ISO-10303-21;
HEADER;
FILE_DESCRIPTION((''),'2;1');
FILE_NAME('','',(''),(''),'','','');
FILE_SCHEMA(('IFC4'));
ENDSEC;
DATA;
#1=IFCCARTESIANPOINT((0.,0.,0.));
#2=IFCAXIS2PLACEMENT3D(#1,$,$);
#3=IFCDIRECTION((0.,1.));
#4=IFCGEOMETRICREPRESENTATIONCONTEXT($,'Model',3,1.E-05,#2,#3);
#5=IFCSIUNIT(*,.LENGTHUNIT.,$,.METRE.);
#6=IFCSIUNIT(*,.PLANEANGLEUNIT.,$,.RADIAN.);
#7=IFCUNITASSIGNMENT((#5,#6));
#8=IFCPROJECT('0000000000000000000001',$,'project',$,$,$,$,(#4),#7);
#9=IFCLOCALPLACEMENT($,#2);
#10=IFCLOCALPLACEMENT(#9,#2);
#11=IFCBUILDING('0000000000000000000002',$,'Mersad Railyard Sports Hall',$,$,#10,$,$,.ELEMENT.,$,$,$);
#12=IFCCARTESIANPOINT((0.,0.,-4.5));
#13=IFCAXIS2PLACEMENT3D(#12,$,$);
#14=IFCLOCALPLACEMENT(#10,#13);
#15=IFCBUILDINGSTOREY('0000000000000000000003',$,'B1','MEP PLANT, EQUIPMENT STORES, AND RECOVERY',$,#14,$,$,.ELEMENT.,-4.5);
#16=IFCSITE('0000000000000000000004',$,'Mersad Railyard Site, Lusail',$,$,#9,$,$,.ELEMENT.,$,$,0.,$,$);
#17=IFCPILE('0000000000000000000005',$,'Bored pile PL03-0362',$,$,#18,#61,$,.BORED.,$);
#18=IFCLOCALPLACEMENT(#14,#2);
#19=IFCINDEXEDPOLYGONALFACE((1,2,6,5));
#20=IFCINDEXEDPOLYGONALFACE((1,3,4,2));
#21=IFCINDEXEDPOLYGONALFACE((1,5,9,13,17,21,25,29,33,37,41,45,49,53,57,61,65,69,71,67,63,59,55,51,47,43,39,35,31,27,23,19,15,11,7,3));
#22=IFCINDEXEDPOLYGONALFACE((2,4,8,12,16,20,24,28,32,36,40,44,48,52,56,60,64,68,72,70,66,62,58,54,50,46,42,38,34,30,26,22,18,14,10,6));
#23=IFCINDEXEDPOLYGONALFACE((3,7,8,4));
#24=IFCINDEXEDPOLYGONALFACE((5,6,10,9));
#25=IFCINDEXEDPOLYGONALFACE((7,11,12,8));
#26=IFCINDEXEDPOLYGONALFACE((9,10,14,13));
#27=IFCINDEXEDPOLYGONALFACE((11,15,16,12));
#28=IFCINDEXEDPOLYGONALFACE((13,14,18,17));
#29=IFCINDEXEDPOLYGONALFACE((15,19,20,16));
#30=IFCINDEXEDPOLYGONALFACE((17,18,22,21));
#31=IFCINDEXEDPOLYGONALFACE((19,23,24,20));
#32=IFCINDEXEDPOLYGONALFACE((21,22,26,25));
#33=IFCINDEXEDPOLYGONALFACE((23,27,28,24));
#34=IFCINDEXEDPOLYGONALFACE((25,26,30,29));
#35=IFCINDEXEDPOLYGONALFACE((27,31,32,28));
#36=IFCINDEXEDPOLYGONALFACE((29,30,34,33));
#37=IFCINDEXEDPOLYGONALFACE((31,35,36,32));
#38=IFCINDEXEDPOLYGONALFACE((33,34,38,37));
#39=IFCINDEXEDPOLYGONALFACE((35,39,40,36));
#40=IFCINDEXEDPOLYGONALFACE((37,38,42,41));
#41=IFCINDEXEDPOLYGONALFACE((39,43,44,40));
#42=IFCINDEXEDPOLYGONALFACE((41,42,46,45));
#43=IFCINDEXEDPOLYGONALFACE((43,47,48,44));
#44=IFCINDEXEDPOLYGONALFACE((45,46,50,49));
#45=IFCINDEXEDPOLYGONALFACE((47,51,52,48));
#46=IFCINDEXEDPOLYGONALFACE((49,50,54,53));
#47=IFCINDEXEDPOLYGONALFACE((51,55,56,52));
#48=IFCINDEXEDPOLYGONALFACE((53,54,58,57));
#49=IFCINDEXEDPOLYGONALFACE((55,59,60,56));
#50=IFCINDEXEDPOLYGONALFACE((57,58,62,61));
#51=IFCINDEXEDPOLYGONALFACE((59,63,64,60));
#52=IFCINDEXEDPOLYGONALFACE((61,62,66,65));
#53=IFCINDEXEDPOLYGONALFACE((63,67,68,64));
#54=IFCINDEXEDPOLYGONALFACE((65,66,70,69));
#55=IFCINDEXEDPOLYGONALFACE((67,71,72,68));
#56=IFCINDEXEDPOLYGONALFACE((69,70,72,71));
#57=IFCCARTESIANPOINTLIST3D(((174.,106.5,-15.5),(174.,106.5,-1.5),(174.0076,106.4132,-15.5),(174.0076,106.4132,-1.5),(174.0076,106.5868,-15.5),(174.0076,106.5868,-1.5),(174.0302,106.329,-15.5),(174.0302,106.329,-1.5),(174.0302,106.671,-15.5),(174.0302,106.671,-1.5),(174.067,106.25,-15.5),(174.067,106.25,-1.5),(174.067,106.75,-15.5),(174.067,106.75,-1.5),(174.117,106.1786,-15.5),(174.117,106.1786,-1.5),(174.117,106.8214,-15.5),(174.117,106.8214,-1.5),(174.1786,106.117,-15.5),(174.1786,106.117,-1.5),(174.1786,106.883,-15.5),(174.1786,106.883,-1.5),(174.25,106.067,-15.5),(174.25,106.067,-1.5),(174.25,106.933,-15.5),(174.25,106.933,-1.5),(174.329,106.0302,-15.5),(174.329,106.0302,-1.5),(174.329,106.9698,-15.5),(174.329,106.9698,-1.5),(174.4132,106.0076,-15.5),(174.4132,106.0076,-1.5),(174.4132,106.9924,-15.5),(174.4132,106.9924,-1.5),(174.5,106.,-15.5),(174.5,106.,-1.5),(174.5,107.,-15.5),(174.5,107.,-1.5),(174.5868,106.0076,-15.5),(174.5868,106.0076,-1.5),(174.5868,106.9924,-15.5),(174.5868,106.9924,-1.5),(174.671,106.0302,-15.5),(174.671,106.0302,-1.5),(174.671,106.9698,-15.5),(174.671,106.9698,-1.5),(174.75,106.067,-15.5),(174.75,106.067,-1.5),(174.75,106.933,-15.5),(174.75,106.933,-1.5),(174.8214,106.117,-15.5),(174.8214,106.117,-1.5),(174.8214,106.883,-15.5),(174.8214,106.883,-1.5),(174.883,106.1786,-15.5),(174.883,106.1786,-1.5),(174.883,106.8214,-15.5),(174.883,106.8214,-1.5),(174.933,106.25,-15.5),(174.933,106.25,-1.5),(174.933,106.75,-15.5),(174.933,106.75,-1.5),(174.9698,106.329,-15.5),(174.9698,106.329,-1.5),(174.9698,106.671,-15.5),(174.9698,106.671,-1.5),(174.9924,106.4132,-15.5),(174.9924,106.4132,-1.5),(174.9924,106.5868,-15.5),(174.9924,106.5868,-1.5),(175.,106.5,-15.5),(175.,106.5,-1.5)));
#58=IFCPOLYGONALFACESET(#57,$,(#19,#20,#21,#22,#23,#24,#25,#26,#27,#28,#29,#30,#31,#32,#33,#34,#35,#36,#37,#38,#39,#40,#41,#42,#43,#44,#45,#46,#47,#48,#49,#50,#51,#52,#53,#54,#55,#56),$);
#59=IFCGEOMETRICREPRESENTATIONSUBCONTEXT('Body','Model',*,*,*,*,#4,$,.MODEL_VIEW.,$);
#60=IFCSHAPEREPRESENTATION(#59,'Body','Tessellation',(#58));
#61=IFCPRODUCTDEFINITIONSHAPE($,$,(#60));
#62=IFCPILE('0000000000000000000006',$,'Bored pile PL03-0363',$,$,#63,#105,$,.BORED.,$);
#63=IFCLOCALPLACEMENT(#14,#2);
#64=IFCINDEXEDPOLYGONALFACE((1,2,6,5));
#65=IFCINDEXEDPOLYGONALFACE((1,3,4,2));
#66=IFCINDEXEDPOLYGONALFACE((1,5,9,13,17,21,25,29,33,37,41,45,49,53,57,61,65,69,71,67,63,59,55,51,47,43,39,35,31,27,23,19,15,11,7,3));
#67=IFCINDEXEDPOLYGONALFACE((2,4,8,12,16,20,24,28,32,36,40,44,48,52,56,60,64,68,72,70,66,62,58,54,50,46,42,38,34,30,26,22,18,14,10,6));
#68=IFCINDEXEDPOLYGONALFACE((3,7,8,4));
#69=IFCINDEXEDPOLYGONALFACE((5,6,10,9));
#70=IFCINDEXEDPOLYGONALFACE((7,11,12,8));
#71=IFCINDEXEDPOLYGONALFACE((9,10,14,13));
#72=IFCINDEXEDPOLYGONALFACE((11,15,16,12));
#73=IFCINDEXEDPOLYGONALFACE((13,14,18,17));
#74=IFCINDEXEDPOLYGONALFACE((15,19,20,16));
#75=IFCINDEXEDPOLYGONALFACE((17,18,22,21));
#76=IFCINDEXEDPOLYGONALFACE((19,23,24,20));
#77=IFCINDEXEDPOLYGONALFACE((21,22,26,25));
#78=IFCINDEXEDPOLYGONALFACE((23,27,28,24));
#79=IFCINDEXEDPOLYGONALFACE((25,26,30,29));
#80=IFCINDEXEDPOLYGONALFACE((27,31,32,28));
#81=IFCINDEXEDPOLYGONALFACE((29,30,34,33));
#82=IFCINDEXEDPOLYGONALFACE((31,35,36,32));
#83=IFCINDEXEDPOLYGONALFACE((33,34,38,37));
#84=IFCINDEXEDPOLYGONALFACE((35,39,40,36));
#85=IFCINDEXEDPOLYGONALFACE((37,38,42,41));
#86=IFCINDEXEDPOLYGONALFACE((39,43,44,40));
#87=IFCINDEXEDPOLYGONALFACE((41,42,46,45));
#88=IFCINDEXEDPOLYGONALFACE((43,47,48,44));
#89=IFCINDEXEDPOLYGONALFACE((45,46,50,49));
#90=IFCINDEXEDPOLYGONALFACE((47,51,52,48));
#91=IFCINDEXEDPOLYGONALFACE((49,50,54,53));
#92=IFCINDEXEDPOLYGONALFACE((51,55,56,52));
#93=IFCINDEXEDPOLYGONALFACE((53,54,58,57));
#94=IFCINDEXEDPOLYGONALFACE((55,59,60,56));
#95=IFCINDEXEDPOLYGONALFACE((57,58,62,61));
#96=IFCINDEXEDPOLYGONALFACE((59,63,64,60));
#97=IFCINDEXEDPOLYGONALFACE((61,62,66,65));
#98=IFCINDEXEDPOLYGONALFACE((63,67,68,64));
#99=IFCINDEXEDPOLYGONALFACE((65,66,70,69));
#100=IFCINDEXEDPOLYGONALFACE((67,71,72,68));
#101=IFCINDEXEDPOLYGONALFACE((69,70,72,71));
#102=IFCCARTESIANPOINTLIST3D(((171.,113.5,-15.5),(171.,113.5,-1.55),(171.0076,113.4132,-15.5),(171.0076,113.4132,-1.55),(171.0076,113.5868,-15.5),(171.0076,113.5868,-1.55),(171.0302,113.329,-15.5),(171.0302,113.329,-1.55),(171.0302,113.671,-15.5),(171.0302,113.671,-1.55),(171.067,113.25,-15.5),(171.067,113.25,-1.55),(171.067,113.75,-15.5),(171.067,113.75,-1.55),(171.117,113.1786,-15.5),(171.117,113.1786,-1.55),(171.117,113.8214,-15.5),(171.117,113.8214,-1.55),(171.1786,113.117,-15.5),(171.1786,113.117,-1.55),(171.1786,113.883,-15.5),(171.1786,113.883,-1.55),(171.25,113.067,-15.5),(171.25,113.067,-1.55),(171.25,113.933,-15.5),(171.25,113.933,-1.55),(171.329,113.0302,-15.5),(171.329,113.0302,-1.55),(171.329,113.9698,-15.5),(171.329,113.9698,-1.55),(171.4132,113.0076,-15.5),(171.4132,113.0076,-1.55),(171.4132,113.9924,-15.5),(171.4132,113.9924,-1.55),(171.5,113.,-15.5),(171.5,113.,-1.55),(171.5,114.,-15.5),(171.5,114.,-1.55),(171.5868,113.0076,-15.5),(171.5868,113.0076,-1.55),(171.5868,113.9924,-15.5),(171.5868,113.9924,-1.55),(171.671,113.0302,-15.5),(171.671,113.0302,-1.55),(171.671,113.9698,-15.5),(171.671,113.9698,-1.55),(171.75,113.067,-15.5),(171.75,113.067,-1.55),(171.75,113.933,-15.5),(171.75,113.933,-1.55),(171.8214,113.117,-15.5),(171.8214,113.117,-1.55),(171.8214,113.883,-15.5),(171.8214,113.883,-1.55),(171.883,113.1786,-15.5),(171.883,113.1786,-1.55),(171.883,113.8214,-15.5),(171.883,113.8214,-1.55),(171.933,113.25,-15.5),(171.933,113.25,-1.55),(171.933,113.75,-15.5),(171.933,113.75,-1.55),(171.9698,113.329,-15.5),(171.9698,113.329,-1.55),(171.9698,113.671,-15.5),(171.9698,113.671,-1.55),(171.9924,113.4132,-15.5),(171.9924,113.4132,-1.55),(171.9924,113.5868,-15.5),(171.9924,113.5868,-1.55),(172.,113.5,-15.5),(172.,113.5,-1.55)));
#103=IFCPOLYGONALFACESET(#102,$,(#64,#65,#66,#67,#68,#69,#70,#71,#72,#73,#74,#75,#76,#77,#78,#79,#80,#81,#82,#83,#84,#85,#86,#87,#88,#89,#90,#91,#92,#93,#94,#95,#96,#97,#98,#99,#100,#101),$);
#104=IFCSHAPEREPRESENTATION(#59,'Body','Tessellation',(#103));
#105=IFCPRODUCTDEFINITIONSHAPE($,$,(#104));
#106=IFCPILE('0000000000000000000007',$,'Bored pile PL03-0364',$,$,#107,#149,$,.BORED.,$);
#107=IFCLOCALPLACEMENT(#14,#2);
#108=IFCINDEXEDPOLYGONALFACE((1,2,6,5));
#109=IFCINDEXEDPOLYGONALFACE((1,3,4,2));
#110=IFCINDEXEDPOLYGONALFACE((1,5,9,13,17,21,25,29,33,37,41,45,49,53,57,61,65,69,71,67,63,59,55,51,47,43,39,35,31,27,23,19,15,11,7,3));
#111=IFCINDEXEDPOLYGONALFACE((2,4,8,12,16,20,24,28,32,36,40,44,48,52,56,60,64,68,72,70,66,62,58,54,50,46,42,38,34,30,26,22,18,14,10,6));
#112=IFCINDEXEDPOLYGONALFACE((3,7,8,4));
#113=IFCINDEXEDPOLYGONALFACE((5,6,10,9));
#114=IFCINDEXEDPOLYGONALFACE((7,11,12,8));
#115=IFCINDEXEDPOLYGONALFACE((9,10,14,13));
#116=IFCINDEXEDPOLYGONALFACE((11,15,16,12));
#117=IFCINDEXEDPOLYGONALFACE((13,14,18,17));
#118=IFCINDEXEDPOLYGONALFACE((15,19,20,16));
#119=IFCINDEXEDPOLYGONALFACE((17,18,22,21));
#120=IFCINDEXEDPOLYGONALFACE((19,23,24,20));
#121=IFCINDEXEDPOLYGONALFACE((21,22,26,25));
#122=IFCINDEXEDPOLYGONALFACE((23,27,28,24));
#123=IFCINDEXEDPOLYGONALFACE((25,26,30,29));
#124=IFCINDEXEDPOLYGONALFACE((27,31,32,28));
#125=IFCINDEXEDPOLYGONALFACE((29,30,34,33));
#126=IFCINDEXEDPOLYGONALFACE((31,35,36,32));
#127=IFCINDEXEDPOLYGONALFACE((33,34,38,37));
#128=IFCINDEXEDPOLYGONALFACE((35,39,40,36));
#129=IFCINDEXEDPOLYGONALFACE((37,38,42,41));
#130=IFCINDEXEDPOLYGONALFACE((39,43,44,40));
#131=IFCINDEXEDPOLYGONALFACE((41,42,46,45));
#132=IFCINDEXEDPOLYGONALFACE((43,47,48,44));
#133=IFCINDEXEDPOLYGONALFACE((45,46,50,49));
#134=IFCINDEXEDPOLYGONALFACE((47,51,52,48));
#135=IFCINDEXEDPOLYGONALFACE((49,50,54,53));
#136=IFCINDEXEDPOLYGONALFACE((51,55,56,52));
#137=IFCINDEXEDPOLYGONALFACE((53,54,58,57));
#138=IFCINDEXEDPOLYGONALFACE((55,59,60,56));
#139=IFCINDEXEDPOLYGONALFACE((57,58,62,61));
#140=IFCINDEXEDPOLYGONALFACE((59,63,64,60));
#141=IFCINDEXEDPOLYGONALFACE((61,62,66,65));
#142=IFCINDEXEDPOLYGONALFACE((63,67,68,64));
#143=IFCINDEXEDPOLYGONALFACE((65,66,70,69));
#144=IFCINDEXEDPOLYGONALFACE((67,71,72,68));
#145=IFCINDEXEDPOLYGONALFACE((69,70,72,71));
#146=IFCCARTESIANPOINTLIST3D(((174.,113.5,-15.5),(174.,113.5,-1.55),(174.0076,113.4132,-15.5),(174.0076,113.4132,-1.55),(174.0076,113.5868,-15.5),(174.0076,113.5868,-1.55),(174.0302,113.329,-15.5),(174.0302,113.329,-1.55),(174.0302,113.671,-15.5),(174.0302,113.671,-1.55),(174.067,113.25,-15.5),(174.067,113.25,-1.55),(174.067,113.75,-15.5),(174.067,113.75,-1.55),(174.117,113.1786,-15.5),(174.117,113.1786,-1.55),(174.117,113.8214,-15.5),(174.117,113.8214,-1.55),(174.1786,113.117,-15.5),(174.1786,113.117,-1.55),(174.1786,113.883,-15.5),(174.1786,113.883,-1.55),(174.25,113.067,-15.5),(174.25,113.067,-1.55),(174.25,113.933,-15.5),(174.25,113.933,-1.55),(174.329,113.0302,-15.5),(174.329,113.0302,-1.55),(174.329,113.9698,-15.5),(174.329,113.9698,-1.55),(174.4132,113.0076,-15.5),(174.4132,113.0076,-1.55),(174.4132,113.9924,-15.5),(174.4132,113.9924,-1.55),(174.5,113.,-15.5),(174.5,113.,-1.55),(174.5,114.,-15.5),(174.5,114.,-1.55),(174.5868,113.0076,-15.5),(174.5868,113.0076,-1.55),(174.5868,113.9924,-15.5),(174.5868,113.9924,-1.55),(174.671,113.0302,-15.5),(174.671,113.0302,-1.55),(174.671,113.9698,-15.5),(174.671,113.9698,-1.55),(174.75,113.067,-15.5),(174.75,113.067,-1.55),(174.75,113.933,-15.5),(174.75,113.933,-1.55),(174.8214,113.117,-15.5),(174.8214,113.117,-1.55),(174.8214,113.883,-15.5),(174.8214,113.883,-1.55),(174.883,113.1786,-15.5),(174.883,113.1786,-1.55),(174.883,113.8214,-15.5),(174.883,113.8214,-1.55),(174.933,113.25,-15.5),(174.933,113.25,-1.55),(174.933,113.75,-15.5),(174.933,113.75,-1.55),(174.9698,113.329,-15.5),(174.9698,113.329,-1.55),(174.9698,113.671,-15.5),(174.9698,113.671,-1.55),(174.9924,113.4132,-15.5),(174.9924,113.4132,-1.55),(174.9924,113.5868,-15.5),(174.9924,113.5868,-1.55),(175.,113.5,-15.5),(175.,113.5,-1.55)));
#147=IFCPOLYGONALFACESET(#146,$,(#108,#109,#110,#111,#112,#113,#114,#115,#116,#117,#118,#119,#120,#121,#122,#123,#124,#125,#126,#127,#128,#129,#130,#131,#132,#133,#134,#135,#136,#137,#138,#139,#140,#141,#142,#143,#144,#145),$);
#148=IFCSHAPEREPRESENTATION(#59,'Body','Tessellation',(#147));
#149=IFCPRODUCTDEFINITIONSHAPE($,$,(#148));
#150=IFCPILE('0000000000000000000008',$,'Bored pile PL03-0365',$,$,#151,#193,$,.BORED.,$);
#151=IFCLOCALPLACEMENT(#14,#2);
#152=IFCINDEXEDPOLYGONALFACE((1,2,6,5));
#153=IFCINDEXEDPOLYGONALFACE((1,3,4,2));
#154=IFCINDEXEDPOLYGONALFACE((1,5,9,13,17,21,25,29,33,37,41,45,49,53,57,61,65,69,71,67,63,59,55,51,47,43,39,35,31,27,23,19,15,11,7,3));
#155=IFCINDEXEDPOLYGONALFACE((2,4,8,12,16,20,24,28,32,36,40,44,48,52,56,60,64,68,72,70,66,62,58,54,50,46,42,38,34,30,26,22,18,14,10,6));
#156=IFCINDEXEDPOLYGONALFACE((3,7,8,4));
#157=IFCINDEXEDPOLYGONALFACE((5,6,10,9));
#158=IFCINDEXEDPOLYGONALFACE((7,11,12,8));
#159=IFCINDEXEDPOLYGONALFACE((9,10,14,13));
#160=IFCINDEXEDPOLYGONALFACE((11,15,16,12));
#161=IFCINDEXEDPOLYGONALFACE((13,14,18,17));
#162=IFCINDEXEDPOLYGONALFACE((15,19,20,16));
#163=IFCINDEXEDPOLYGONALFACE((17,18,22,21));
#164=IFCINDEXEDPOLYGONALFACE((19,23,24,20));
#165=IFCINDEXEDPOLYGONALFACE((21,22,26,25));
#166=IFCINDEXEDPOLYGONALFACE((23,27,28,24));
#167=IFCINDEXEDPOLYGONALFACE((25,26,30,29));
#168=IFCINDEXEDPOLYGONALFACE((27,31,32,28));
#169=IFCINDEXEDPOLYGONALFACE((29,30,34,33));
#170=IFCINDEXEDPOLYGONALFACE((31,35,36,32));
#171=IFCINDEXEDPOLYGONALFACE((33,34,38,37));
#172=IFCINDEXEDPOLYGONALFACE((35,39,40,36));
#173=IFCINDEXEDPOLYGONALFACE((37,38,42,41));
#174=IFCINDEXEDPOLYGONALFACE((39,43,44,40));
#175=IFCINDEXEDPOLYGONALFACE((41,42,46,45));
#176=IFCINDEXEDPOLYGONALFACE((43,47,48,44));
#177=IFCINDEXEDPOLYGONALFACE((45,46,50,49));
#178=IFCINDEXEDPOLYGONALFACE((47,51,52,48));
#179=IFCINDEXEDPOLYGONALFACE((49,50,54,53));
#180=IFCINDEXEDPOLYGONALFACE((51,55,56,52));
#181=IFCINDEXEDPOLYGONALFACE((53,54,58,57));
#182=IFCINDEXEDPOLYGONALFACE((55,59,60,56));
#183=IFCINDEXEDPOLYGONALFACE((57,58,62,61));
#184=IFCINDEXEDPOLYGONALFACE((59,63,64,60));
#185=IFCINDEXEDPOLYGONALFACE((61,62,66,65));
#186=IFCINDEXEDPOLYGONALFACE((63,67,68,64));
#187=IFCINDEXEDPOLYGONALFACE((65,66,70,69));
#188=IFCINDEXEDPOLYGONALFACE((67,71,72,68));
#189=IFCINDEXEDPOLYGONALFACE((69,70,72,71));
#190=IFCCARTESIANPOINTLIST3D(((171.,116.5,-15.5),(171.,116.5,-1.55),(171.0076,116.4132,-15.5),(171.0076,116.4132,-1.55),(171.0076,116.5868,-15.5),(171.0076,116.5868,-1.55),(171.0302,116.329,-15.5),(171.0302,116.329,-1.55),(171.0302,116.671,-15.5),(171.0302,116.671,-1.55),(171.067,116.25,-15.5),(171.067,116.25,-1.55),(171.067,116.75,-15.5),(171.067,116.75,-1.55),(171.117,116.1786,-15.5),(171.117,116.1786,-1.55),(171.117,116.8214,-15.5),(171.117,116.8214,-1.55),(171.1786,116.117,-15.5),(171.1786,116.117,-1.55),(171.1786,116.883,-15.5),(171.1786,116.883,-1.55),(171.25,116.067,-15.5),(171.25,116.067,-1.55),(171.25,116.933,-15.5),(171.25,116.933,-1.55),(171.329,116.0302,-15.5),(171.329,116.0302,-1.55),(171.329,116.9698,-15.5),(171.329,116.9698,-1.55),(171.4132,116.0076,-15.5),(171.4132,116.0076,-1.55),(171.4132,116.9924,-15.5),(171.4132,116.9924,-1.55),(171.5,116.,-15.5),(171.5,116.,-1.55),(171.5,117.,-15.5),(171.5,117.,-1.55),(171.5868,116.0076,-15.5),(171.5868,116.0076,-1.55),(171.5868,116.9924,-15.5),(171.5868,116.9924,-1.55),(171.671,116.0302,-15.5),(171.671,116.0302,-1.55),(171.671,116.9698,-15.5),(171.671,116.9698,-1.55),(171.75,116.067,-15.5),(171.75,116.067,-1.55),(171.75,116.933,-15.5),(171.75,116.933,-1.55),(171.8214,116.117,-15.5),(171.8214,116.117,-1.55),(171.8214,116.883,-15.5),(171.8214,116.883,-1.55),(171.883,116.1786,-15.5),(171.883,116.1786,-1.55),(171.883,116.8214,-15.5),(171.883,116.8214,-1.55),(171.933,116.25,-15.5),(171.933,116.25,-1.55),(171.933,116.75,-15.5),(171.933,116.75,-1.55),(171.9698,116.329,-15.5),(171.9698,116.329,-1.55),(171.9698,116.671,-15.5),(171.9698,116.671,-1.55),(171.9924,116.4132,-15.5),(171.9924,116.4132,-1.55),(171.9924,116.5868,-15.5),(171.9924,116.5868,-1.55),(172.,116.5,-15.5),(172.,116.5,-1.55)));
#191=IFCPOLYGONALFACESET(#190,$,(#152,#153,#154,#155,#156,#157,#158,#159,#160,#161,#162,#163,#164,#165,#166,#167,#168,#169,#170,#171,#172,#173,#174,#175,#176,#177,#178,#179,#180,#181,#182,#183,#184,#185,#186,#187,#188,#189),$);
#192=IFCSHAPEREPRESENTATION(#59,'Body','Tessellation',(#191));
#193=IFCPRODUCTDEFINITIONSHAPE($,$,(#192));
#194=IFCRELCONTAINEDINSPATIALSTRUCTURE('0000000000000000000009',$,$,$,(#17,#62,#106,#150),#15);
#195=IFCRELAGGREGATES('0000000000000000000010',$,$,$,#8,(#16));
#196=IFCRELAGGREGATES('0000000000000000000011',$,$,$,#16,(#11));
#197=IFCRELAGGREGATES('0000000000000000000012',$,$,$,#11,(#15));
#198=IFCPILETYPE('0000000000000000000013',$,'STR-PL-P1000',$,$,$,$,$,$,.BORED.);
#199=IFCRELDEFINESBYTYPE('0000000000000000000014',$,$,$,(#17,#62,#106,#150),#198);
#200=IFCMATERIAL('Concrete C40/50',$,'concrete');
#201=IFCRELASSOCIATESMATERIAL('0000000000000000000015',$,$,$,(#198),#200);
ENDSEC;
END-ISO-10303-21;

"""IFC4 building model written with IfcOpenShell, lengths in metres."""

from ifc_helpers import new_model, si_unit, direction, frame, origin, origin_2d, place, context, subcontext, project, spatial, circle, extrude, material, material_profile, profile_set, type_object, element, save


model = new_model("IFC4")

# Units and contexts
model_context = context("Model", 3, precision=1e-05, world=origin(), true_north=direction((0.0, 1.0)))
body_context = subcontext(model_context, "Body", "Model", "MODEL_VIEW")
ifc_project = project(units=[si_unit("LENGTHUNIT", "METRE"), si_unit("PLANEANGLEUNIT", "RADIAN")], contexts=[model_context])

# Site, building, storey
site_placement = place(None, origin())
site = spatial("IfcSite", under=ifc_project, at=site_placement, Name="Mersad Railyard Site, Lusail", CompositionType="ELEMENT", RefElevation=0.0)
building_placement = place(site_placement, origin())
building = spatial("IfcBuilding", under=site, at=building_placement, Name="Mersad Railyard Sports Hall", CompositionType="ELEMENT")
storey_placement = place(building_placement, frame((0.0, 0.0, -4.5)))
storey = spatial("IfcBuildingStorey", under=building, at=storey_placement, Name="B1", Description="MEP PLANT, EQUIPMENT STORES, AND RECOVERY", CompositionType="ELEMENT", Elevation=-4.5)

# Shared definitions
ifc_material_1 = material(Name="Concrete C40/50", Category="concrete")

# Piles
ifc_material_profile_1 = material_profile(ifc_material_1, circle(Radius=0.5, at=origin_2d()), Name="BORED PILE D1000")
ifc_profile_set_1 = profile_set([ifc_material_profile_1], Name="Concrete C40/50")
pile_type_1 = type_object("IfcPileType", Name="STR-PL-P1000", PredefinedType="BORED", material=ifc_profile_set_1)
for number, where, z_axis, x_axis, name in (
    (1, (174.5, 106.5, -1.5), (0.0, 0.0, -1.0), (1.0, 0.0, 0.0), "Bored pile PL03-0362"),
):
    element("IfcPile", number, at=place(storey_placement, frame(where, z_axis=z_axis, x_axis=x_axis)), inside=storey, type_object=pile_type_1, Name=name, PredefinedType="BORED", context=body_context, shape_type="SweptSolid", body=[
        extrude(circle(Radius=0.5, at=origin_2d()), origin(), (0.0, 0.0, 1.0), 14.0),
    ])
for number, where, z_axis, x_axis, name in (
    (2, (171.5, 113.5, -1.55), (0.0, 0.0, -1.0), (1.0, 0.0, 0.0), "Bored pile PL03-0363"),
    (3, (174.5, 113.5, -1.55), (0.0, 0.0, -1.0), (1.0, 0.0, 0.0), "Bored pile PL03-0364"),
    (4, (171.5, 116.5, -1.55), (0.0, 0.0, -1.0), (1.0, 0.0, 0.0), "Bored pile PL03-0365"),
):
    element("IfcPile", number, at=place(storey_placement, frame(where, z_axis=z_axis, x_axis=x_axis)), inside=storey, type_object=pile_type_1, Name=name, PredefinedType="BORED", context=body_context, shape_type="SweptSolid", body=[
        extrude(circle(Radius=0.5, at=origin_2d()), origin(), (0.0, 0.0, 1.0), 13.95),
    ])

save(model, "model.ifc")
